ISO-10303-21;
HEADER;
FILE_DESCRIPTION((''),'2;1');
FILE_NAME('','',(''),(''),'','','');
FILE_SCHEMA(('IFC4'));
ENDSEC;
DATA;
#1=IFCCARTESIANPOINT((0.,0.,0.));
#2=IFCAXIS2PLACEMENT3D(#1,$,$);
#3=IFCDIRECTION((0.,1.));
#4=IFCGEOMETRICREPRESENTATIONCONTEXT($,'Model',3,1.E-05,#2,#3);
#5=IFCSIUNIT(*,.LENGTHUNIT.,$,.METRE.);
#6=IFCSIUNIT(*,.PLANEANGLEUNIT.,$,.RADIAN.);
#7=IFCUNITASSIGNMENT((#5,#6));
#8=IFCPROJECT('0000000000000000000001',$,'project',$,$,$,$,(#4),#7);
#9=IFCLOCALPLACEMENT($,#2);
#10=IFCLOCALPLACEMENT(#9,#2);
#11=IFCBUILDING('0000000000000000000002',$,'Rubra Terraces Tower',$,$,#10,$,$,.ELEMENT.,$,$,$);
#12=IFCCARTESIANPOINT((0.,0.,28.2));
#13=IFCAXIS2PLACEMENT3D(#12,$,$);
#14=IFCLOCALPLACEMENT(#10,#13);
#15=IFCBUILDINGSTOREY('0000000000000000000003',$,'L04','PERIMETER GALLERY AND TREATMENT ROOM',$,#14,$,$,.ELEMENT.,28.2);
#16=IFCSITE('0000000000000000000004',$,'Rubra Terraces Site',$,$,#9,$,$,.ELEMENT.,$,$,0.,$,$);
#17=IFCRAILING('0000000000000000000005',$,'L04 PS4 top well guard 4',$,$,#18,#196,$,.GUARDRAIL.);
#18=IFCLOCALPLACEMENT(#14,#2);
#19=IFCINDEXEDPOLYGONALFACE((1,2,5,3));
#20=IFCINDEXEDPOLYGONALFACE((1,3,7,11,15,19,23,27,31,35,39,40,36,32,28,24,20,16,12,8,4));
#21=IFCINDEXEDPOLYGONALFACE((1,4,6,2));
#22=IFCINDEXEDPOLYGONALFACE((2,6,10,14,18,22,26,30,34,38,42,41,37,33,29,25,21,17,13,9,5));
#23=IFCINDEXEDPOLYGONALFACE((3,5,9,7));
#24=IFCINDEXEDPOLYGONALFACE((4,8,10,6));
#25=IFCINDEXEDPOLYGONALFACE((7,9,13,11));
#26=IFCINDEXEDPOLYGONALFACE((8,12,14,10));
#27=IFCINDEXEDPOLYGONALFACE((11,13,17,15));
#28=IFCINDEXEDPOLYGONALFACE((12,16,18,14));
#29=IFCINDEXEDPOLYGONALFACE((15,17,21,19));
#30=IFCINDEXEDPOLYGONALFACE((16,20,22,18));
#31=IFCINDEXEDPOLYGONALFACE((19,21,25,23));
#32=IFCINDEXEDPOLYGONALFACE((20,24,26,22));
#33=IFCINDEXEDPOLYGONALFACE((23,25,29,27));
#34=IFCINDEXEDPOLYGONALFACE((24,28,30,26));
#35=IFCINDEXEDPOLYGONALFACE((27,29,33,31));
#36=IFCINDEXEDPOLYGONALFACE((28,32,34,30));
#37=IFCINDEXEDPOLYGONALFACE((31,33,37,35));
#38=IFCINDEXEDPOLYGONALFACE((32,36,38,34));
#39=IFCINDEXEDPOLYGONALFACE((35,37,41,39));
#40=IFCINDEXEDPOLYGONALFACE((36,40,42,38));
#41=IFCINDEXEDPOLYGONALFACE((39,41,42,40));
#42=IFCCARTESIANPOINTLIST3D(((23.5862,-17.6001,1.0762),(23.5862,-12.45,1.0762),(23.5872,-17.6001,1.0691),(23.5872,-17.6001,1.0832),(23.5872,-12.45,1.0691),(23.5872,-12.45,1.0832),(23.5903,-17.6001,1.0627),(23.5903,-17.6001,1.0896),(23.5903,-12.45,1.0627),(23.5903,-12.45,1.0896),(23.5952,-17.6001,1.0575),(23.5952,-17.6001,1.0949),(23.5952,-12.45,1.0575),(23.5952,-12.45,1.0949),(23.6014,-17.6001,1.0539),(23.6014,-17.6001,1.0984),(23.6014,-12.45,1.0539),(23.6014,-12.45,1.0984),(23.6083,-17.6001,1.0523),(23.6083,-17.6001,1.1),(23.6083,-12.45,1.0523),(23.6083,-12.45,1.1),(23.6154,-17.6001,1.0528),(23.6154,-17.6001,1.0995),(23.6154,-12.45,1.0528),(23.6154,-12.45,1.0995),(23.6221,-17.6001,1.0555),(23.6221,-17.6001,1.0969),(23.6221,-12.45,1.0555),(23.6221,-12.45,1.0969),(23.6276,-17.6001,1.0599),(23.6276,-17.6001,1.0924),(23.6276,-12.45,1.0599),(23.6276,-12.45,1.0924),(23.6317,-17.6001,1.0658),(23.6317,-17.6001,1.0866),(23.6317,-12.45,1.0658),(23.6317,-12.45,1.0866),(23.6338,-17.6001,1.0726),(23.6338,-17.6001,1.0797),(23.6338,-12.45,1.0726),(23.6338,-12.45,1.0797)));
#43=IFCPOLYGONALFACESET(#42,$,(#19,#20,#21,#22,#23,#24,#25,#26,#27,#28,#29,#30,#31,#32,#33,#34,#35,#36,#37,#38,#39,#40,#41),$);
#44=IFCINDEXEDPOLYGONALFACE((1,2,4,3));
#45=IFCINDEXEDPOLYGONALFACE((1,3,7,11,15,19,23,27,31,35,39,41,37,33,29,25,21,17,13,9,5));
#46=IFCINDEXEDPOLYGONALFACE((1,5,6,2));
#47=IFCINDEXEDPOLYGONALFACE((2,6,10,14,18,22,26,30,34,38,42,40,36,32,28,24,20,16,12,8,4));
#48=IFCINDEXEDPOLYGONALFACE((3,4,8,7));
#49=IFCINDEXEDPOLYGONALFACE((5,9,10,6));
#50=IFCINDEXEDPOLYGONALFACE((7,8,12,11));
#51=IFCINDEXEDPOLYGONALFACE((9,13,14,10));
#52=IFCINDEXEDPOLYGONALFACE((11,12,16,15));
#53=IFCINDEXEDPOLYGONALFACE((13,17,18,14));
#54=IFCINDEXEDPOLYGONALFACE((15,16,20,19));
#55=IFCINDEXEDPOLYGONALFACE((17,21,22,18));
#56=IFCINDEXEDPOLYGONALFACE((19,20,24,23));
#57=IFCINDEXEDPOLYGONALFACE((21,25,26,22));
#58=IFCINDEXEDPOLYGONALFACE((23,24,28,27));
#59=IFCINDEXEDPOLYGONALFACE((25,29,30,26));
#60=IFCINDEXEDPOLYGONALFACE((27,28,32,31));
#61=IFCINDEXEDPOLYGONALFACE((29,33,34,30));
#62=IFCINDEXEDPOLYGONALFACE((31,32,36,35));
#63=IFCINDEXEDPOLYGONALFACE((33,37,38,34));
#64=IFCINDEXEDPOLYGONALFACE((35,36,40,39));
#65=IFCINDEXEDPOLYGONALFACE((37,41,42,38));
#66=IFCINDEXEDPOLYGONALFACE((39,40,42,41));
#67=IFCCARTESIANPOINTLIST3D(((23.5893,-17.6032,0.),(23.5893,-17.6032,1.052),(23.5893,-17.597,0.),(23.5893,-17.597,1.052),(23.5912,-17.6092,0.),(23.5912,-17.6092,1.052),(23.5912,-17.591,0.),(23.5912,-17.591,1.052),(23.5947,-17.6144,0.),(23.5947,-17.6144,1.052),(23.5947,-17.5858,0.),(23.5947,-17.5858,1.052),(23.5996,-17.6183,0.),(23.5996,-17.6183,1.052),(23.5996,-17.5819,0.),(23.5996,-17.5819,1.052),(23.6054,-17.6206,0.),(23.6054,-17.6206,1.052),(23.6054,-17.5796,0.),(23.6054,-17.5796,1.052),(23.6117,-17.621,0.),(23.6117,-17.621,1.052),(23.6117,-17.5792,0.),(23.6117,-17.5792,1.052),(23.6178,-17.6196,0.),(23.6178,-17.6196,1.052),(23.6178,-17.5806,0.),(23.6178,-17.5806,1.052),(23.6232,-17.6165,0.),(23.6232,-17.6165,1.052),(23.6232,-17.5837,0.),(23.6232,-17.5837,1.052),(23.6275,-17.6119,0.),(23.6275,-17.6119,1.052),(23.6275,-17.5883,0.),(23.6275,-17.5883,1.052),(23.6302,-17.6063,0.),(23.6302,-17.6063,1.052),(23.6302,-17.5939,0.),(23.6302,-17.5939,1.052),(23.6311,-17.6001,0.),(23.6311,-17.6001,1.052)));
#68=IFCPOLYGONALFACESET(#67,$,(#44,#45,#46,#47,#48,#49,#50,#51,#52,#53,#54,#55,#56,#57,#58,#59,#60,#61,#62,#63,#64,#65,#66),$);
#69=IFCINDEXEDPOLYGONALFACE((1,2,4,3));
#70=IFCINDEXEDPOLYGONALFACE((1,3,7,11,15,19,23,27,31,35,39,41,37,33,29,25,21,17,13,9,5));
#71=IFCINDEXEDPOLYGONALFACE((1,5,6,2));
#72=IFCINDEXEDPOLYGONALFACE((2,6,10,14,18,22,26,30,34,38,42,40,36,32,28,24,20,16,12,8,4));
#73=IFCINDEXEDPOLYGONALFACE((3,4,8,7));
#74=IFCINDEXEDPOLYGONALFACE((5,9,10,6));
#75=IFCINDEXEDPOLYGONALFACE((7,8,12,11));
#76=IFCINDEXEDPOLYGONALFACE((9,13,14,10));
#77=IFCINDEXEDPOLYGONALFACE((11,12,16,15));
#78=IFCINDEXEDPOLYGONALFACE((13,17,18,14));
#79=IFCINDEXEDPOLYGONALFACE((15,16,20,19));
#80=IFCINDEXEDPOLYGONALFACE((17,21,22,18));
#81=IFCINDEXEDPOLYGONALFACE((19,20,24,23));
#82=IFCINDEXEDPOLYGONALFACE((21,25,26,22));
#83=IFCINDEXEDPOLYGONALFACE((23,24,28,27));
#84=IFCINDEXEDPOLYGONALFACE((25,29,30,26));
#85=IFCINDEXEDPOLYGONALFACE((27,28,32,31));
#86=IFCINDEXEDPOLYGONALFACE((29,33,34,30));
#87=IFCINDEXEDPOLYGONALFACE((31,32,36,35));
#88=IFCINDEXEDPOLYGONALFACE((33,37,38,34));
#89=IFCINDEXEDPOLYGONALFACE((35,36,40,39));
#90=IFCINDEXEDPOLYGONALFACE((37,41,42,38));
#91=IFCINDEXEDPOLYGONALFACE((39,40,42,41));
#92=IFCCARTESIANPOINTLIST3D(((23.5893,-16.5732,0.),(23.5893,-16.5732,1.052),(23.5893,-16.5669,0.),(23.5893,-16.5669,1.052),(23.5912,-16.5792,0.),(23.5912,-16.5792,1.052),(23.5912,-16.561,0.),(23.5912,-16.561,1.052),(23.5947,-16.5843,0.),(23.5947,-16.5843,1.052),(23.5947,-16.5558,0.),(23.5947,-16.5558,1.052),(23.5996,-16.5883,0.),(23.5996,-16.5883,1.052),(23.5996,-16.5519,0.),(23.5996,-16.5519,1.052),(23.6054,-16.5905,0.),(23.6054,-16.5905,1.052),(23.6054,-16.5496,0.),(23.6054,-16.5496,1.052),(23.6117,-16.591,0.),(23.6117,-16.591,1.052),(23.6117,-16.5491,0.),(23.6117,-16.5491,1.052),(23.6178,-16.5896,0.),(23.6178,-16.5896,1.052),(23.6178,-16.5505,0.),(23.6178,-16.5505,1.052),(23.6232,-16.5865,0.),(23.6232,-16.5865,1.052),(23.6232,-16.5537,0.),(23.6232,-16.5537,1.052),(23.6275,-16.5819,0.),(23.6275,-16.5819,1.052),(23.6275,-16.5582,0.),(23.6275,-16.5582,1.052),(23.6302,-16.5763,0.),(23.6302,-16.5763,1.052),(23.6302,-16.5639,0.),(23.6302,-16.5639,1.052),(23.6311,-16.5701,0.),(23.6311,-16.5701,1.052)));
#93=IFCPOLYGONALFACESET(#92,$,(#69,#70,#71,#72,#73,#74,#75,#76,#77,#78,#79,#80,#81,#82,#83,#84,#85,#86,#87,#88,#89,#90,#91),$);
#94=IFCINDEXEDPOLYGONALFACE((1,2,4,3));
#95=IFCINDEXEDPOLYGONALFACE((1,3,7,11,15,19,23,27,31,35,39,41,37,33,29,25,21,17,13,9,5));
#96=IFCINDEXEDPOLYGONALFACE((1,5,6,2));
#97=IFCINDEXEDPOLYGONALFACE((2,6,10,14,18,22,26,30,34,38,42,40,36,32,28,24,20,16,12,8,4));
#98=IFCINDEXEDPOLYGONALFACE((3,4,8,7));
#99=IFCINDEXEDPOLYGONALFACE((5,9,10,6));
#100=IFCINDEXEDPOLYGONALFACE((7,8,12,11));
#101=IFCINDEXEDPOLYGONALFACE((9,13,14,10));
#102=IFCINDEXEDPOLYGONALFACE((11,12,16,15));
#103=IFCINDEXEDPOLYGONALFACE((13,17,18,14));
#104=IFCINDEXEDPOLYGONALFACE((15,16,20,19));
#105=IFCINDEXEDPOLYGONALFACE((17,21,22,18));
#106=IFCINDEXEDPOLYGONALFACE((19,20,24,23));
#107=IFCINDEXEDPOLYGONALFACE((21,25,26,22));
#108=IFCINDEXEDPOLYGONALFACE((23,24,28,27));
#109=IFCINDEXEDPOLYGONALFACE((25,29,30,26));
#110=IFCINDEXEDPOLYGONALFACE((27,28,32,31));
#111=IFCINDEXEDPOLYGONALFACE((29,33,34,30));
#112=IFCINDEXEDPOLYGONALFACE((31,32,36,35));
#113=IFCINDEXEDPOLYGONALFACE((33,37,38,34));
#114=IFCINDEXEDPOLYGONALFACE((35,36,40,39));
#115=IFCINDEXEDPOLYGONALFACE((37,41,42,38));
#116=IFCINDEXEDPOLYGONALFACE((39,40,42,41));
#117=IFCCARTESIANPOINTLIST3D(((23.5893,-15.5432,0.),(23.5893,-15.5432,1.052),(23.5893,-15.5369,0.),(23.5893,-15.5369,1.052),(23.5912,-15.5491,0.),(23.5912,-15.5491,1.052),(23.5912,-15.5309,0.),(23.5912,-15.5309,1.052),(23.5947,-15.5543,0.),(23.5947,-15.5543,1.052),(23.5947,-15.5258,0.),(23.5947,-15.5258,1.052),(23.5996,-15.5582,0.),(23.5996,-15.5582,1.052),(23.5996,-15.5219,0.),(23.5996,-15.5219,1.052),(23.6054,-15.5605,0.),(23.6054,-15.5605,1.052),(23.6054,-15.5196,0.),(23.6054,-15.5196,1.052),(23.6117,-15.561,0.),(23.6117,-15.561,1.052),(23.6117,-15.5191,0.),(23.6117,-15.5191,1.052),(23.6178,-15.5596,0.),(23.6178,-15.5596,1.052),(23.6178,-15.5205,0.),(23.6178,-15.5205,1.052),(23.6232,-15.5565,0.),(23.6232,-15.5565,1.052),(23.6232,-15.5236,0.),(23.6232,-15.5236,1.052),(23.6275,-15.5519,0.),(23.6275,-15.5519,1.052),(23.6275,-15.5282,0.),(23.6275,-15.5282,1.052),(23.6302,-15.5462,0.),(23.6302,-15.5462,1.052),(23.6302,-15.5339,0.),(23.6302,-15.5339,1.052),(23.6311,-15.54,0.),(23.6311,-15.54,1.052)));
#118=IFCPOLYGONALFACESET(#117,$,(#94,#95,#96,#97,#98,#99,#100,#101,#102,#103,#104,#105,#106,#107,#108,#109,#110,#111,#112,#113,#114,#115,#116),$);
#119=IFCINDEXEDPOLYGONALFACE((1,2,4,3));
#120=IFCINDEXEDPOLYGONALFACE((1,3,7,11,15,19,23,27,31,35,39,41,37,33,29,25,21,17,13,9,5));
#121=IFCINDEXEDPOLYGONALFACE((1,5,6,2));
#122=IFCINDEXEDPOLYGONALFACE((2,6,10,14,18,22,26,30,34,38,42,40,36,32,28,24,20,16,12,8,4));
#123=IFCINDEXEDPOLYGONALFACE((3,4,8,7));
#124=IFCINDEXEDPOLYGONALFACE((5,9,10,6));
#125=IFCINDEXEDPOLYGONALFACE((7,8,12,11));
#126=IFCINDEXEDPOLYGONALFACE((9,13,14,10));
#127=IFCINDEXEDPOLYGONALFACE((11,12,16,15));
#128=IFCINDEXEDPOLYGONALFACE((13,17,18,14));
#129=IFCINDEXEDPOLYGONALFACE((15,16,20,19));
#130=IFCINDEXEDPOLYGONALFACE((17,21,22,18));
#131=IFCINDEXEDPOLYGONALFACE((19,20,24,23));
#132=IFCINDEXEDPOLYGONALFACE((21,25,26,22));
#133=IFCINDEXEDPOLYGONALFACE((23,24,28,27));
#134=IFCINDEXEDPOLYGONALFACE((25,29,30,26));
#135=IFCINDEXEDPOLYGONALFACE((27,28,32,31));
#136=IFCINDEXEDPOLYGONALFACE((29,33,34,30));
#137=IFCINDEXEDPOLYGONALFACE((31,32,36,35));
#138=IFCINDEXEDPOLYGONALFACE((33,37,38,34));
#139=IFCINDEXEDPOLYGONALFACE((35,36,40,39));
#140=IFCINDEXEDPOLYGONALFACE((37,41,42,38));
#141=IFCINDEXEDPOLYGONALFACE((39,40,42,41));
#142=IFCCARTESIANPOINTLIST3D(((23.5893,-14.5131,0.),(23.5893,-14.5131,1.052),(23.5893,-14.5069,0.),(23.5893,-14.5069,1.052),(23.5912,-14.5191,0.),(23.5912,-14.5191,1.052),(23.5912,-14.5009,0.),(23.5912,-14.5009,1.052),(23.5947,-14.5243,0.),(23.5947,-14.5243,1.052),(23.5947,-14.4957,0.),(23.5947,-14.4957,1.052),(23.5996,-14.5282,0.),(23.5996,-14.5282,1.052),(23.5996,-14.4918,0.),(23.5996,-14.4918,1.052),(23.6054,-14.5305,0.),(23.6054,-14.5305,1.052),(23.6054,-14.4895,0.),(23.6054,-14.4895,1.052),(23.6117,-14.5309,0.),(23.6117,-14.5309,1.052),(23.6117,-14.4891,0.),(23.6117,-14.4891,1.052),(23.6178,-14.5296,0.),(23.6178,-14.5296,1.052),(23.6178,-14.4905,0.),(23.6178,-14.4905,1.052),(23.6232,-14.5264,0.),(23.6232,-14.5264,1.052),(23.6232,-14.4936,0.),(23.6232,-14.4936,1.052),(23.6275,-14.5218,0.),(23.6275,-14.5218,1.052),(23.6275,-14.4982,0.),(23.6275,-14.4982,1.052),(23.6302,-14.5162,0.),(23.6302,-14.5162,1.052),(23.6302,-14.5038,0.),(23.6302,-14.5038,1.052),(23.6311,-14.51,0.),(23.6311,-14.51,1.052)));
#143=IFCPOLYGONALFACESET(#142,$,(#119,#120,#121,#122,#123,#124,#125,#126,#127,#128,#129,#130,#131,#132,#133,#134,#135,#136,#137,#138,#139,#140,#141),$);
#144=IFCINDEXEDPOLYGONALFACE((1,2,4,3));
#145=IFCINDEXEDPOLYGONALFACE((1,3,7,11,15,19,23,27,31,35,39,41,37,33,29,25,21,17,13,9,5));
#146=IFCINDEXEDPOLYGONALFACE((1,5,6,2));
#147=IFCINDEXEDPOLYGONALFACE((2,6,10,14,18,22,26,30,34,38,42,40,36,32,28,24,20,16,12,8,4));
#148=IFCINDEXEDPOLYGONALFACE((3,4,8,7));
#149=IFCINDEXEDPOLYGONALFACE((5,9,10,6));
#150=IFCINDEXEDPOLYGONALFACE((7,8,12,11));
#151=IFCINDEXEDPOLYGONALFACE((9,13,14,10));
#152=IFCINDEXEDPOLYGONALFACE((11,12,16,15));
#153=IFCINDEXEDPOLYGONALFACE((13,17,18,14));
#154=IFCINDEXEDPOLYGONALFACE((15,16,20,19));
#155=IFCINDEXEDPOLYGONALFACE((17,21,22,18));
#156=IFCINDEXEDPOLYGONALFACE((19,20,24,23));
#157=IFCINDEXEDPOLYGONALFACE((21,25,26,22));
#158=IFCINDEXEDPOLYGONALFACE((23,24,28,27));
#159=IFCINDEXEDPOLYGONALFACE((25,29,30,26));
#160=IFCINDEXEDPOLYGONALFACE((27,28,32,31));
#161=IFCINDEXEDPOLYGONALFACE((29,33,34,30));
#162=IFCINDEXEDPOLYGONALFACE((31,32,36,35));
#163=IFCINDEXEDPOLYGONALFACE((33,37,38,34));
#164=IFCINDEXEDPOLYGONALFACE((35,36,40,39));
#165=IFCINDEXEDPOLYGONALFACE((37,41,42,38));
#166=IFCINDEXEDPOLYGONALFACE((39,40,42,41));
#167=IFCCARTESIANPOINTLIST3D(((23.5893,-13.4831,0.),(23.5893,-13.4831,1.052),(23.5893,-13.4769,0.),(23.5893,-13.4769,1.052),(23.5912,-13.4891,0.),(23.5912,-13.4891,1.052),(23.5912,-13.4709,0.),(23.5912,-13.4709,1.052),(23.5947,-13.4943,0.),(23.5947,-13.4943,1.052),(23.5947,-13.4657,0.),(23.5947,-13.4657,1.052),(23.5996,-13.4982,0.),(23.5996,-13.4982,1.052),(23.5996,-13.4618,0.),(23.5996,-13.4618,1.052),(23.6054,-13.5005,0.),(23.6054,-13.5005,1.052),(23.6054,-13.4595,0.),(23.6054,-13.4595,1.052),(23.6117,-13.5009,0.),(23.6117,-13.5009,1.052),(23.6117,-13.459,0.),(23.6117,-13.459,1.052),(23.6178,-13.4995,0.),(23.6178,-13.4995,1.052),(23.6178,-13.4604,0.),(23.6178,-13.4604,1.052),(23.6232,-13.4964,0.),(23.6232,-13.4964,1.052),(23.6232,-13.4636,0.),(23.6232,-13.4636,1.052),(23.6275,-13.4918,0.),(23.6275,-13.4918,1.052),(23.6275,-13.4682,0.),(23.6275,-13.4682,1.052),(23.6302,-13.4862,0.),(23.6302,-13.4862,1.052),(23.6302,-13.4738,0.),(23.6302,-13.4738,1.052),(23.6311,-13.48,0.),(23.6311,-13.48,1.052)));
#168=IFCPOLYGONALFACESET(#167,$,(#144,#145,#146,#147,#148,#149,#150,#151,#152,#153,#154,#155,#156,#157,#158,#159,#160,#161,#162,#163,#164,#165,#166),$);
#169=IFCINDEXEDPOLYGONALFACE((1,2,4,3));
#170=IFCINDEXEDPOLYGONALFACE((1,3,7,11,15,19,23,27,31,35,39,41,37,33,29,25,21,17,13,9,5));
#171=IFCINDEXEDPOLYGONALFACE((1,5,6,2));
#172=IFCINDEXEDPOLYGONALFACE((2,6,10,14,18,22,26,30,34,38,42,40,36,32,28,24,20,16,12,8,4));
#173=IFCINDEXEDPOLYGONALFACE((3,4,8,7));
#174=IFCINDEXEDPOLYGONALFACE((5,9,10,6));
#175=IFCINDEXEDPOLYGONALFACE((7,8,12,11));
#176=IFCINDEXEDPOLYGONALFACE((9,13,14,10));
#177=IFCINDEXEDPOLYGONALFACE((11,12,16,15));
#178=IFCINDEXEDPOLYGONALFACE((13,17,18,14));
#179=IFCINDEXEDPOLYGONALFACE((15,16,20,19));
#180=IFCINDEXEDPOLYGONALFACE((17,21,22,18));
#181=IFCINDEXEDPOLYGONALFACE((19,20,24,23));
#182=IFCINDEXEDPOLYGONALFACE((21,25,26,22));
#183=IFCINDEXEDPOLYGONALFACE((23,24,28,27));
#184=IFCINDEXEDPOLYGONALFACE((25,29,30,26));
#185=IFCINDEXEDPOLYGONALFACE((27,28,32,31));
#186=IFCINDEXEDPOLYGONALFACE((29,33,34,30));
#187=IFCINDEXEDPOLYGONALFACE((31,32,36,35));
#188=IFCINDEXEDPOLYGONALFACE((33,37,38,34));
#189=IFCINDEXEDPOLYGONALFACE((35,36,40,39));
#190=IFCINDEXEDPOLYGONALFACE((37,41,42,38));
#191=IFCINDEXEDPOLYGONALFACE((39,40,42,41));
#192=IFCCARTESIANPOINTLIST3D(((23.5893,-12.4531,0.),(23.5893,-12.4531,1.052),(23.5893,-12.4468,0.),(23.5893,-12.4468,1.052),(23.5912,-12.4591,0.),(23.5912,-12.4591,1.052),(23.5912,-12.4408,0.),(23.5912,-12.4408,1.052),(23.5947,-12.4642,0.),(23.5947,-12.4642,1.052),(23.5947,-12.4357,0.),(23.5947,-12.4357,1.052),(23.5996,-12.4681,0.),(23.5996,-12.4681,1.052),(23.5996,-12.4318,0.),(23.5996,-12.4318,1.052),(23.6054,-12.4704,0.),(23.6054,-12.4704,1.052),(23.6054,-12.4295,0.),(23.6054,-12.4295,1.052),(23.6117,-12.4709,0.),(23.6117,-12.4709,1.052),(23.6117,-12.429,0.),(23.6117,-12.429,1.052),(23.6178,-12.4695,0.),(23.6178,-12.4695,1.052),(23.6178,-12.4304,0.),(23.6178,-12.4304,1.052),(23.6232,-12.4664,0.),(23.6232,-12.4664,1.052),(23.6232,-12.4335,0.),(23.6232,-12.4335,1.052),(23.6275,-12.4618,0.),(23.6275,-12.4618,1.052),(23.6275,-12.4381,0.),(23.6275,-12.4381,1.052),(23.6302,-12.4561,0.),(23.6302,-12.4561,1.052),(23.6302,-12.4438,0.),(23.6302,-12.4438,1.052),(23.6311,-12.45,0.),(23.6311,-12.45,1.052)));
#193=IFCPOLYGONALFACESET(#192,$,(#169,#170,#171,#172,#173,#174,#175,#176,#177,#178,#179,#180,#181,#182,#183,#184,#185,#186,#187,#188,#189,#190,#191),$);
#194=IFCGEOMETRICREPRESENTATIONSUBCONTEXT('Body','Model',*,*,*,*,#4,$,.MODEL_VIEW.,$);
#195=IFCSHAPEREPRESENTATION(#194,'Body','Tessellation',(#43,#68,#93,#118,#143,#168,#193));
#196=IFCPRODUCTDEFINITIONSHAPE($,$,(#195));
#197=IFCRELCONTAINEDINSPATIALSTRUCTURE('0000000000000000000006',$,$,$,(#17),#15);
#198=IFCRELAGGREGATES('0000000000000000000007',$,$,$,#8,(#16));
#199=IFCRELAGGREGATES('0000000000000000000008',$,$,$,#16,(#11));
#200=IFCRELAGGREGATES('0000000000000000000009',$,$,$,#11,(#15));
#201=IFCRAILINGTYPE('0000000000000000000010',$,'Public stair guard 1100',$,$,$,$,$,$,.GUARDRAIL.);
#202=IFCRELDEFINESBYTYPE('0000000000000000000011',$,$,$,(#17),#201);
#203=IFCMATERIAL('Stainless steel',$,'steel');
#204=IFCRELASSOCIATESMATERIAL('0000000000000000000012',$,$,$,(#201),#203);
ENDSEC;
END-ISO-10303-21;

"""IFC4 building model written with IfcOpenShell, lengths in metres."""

from ifc_helpers import new_model, si_unit, direction, frame, origin, origin_2d, place, context, subcontext, project, spatial, circle, extrude, material, type_object, element, save


model = new_model("IFC4")

# Units and contexts
model_context = context("Model", 3, precision=1e-05, world=origin(), true_north=direction((0.0, 1.0)))
body_context = subcontext(model_context, "Body", "Model", "MODEL_VIEW")
ifc_project = project(units=[si_unit("LENGTHUNIT", "METRE"), si_unit("PLANEANGLEUNIT", "RADIAN")], contexts=[model_context])

# Site, building, storey
site_placement = place(None, origin())
site = spatial("IfcSite", under=ifc_project, at=site_placement, Name="Rubra Terraces Site", CompositionType="ELEMENT", RefElevation=0.0)
building_placement = place(site_placement, origin())
building = spatial("IfcBuilding", under=site, at=building_placement, Name="Rubra Terraces Tower", CompositionType="ELEMENT")
storey_placement = place(building_placement, frame((0.0, 0.0, 28.2)))
storey = spatial("IfcBuildingStorey", under=building, at=storey_placement, Name="L04", Description="PERIMETER GALLERY AND TREATMENT ROOM", CompositionType="ELEMENT", Elevation=28.2)

# Railing
ifc_material_1 = material(Name="Stainless steel", Category="steel")
railing_type = type_object("IfcRailingType", Name="Public stair guard 1100", PredefinedType="GUARDRAIL", material=ifc_material_1)
railing_placement = place(storey_placement, frame((23.6101, -17.6001, 0.0)))
element("IfcRailing", 1, at=railing_placement, inside=storey, type_object=railing_type, Name="L04 PS4 top well guard 4", PredefinedType="GUARDRAIL", context=body_context, shape_type="SweptSolid", body=[
    extrude(circle(Radius=0.0239, at=origin_2d()), frame((0.0, 0.0, 1.0762), z_axis=(0.0, 1.0, 0.0), x_axis=(-1.0, 0.0, 0.0)), (0.0, 0.0, 1.0), 5.1501),
    extrude(circle(Radius=0.021, at=origin_2d()), origin(), (0.0, 0.0, 1.0), 1.052),
    extrude(circle(Radius=0.021, at=origin_2d()), frame((0.0, 1.03, 0.0)), (0.0, 0.0, 1.0), 1.052),
    extrude(circle(Radius=0.021, at=origin_2d()), frame((0.0, 2.0601, 0.0)), (0.0, 0.0, 1.0), 1.052),
    extrude(circle(Radius=0.021, at=origin_2d()), frame((0.0, 3.0901, 0.0)), (0.0, 0.0, 1.0), 1.052),
    extrude(circle(Radius=0.021, at=origin_2d()), frame((0.0, 4.1201, 0.0)), (0.0, 0.0, 1.0), 1.052),
    extrude(circle(Radius=0.021, at=origin_2d()), frame((0.0, 5.1501, 0.0)), (0.0, 0.0, 1.0), 1.052),
])

save(model, "model.ifc")
